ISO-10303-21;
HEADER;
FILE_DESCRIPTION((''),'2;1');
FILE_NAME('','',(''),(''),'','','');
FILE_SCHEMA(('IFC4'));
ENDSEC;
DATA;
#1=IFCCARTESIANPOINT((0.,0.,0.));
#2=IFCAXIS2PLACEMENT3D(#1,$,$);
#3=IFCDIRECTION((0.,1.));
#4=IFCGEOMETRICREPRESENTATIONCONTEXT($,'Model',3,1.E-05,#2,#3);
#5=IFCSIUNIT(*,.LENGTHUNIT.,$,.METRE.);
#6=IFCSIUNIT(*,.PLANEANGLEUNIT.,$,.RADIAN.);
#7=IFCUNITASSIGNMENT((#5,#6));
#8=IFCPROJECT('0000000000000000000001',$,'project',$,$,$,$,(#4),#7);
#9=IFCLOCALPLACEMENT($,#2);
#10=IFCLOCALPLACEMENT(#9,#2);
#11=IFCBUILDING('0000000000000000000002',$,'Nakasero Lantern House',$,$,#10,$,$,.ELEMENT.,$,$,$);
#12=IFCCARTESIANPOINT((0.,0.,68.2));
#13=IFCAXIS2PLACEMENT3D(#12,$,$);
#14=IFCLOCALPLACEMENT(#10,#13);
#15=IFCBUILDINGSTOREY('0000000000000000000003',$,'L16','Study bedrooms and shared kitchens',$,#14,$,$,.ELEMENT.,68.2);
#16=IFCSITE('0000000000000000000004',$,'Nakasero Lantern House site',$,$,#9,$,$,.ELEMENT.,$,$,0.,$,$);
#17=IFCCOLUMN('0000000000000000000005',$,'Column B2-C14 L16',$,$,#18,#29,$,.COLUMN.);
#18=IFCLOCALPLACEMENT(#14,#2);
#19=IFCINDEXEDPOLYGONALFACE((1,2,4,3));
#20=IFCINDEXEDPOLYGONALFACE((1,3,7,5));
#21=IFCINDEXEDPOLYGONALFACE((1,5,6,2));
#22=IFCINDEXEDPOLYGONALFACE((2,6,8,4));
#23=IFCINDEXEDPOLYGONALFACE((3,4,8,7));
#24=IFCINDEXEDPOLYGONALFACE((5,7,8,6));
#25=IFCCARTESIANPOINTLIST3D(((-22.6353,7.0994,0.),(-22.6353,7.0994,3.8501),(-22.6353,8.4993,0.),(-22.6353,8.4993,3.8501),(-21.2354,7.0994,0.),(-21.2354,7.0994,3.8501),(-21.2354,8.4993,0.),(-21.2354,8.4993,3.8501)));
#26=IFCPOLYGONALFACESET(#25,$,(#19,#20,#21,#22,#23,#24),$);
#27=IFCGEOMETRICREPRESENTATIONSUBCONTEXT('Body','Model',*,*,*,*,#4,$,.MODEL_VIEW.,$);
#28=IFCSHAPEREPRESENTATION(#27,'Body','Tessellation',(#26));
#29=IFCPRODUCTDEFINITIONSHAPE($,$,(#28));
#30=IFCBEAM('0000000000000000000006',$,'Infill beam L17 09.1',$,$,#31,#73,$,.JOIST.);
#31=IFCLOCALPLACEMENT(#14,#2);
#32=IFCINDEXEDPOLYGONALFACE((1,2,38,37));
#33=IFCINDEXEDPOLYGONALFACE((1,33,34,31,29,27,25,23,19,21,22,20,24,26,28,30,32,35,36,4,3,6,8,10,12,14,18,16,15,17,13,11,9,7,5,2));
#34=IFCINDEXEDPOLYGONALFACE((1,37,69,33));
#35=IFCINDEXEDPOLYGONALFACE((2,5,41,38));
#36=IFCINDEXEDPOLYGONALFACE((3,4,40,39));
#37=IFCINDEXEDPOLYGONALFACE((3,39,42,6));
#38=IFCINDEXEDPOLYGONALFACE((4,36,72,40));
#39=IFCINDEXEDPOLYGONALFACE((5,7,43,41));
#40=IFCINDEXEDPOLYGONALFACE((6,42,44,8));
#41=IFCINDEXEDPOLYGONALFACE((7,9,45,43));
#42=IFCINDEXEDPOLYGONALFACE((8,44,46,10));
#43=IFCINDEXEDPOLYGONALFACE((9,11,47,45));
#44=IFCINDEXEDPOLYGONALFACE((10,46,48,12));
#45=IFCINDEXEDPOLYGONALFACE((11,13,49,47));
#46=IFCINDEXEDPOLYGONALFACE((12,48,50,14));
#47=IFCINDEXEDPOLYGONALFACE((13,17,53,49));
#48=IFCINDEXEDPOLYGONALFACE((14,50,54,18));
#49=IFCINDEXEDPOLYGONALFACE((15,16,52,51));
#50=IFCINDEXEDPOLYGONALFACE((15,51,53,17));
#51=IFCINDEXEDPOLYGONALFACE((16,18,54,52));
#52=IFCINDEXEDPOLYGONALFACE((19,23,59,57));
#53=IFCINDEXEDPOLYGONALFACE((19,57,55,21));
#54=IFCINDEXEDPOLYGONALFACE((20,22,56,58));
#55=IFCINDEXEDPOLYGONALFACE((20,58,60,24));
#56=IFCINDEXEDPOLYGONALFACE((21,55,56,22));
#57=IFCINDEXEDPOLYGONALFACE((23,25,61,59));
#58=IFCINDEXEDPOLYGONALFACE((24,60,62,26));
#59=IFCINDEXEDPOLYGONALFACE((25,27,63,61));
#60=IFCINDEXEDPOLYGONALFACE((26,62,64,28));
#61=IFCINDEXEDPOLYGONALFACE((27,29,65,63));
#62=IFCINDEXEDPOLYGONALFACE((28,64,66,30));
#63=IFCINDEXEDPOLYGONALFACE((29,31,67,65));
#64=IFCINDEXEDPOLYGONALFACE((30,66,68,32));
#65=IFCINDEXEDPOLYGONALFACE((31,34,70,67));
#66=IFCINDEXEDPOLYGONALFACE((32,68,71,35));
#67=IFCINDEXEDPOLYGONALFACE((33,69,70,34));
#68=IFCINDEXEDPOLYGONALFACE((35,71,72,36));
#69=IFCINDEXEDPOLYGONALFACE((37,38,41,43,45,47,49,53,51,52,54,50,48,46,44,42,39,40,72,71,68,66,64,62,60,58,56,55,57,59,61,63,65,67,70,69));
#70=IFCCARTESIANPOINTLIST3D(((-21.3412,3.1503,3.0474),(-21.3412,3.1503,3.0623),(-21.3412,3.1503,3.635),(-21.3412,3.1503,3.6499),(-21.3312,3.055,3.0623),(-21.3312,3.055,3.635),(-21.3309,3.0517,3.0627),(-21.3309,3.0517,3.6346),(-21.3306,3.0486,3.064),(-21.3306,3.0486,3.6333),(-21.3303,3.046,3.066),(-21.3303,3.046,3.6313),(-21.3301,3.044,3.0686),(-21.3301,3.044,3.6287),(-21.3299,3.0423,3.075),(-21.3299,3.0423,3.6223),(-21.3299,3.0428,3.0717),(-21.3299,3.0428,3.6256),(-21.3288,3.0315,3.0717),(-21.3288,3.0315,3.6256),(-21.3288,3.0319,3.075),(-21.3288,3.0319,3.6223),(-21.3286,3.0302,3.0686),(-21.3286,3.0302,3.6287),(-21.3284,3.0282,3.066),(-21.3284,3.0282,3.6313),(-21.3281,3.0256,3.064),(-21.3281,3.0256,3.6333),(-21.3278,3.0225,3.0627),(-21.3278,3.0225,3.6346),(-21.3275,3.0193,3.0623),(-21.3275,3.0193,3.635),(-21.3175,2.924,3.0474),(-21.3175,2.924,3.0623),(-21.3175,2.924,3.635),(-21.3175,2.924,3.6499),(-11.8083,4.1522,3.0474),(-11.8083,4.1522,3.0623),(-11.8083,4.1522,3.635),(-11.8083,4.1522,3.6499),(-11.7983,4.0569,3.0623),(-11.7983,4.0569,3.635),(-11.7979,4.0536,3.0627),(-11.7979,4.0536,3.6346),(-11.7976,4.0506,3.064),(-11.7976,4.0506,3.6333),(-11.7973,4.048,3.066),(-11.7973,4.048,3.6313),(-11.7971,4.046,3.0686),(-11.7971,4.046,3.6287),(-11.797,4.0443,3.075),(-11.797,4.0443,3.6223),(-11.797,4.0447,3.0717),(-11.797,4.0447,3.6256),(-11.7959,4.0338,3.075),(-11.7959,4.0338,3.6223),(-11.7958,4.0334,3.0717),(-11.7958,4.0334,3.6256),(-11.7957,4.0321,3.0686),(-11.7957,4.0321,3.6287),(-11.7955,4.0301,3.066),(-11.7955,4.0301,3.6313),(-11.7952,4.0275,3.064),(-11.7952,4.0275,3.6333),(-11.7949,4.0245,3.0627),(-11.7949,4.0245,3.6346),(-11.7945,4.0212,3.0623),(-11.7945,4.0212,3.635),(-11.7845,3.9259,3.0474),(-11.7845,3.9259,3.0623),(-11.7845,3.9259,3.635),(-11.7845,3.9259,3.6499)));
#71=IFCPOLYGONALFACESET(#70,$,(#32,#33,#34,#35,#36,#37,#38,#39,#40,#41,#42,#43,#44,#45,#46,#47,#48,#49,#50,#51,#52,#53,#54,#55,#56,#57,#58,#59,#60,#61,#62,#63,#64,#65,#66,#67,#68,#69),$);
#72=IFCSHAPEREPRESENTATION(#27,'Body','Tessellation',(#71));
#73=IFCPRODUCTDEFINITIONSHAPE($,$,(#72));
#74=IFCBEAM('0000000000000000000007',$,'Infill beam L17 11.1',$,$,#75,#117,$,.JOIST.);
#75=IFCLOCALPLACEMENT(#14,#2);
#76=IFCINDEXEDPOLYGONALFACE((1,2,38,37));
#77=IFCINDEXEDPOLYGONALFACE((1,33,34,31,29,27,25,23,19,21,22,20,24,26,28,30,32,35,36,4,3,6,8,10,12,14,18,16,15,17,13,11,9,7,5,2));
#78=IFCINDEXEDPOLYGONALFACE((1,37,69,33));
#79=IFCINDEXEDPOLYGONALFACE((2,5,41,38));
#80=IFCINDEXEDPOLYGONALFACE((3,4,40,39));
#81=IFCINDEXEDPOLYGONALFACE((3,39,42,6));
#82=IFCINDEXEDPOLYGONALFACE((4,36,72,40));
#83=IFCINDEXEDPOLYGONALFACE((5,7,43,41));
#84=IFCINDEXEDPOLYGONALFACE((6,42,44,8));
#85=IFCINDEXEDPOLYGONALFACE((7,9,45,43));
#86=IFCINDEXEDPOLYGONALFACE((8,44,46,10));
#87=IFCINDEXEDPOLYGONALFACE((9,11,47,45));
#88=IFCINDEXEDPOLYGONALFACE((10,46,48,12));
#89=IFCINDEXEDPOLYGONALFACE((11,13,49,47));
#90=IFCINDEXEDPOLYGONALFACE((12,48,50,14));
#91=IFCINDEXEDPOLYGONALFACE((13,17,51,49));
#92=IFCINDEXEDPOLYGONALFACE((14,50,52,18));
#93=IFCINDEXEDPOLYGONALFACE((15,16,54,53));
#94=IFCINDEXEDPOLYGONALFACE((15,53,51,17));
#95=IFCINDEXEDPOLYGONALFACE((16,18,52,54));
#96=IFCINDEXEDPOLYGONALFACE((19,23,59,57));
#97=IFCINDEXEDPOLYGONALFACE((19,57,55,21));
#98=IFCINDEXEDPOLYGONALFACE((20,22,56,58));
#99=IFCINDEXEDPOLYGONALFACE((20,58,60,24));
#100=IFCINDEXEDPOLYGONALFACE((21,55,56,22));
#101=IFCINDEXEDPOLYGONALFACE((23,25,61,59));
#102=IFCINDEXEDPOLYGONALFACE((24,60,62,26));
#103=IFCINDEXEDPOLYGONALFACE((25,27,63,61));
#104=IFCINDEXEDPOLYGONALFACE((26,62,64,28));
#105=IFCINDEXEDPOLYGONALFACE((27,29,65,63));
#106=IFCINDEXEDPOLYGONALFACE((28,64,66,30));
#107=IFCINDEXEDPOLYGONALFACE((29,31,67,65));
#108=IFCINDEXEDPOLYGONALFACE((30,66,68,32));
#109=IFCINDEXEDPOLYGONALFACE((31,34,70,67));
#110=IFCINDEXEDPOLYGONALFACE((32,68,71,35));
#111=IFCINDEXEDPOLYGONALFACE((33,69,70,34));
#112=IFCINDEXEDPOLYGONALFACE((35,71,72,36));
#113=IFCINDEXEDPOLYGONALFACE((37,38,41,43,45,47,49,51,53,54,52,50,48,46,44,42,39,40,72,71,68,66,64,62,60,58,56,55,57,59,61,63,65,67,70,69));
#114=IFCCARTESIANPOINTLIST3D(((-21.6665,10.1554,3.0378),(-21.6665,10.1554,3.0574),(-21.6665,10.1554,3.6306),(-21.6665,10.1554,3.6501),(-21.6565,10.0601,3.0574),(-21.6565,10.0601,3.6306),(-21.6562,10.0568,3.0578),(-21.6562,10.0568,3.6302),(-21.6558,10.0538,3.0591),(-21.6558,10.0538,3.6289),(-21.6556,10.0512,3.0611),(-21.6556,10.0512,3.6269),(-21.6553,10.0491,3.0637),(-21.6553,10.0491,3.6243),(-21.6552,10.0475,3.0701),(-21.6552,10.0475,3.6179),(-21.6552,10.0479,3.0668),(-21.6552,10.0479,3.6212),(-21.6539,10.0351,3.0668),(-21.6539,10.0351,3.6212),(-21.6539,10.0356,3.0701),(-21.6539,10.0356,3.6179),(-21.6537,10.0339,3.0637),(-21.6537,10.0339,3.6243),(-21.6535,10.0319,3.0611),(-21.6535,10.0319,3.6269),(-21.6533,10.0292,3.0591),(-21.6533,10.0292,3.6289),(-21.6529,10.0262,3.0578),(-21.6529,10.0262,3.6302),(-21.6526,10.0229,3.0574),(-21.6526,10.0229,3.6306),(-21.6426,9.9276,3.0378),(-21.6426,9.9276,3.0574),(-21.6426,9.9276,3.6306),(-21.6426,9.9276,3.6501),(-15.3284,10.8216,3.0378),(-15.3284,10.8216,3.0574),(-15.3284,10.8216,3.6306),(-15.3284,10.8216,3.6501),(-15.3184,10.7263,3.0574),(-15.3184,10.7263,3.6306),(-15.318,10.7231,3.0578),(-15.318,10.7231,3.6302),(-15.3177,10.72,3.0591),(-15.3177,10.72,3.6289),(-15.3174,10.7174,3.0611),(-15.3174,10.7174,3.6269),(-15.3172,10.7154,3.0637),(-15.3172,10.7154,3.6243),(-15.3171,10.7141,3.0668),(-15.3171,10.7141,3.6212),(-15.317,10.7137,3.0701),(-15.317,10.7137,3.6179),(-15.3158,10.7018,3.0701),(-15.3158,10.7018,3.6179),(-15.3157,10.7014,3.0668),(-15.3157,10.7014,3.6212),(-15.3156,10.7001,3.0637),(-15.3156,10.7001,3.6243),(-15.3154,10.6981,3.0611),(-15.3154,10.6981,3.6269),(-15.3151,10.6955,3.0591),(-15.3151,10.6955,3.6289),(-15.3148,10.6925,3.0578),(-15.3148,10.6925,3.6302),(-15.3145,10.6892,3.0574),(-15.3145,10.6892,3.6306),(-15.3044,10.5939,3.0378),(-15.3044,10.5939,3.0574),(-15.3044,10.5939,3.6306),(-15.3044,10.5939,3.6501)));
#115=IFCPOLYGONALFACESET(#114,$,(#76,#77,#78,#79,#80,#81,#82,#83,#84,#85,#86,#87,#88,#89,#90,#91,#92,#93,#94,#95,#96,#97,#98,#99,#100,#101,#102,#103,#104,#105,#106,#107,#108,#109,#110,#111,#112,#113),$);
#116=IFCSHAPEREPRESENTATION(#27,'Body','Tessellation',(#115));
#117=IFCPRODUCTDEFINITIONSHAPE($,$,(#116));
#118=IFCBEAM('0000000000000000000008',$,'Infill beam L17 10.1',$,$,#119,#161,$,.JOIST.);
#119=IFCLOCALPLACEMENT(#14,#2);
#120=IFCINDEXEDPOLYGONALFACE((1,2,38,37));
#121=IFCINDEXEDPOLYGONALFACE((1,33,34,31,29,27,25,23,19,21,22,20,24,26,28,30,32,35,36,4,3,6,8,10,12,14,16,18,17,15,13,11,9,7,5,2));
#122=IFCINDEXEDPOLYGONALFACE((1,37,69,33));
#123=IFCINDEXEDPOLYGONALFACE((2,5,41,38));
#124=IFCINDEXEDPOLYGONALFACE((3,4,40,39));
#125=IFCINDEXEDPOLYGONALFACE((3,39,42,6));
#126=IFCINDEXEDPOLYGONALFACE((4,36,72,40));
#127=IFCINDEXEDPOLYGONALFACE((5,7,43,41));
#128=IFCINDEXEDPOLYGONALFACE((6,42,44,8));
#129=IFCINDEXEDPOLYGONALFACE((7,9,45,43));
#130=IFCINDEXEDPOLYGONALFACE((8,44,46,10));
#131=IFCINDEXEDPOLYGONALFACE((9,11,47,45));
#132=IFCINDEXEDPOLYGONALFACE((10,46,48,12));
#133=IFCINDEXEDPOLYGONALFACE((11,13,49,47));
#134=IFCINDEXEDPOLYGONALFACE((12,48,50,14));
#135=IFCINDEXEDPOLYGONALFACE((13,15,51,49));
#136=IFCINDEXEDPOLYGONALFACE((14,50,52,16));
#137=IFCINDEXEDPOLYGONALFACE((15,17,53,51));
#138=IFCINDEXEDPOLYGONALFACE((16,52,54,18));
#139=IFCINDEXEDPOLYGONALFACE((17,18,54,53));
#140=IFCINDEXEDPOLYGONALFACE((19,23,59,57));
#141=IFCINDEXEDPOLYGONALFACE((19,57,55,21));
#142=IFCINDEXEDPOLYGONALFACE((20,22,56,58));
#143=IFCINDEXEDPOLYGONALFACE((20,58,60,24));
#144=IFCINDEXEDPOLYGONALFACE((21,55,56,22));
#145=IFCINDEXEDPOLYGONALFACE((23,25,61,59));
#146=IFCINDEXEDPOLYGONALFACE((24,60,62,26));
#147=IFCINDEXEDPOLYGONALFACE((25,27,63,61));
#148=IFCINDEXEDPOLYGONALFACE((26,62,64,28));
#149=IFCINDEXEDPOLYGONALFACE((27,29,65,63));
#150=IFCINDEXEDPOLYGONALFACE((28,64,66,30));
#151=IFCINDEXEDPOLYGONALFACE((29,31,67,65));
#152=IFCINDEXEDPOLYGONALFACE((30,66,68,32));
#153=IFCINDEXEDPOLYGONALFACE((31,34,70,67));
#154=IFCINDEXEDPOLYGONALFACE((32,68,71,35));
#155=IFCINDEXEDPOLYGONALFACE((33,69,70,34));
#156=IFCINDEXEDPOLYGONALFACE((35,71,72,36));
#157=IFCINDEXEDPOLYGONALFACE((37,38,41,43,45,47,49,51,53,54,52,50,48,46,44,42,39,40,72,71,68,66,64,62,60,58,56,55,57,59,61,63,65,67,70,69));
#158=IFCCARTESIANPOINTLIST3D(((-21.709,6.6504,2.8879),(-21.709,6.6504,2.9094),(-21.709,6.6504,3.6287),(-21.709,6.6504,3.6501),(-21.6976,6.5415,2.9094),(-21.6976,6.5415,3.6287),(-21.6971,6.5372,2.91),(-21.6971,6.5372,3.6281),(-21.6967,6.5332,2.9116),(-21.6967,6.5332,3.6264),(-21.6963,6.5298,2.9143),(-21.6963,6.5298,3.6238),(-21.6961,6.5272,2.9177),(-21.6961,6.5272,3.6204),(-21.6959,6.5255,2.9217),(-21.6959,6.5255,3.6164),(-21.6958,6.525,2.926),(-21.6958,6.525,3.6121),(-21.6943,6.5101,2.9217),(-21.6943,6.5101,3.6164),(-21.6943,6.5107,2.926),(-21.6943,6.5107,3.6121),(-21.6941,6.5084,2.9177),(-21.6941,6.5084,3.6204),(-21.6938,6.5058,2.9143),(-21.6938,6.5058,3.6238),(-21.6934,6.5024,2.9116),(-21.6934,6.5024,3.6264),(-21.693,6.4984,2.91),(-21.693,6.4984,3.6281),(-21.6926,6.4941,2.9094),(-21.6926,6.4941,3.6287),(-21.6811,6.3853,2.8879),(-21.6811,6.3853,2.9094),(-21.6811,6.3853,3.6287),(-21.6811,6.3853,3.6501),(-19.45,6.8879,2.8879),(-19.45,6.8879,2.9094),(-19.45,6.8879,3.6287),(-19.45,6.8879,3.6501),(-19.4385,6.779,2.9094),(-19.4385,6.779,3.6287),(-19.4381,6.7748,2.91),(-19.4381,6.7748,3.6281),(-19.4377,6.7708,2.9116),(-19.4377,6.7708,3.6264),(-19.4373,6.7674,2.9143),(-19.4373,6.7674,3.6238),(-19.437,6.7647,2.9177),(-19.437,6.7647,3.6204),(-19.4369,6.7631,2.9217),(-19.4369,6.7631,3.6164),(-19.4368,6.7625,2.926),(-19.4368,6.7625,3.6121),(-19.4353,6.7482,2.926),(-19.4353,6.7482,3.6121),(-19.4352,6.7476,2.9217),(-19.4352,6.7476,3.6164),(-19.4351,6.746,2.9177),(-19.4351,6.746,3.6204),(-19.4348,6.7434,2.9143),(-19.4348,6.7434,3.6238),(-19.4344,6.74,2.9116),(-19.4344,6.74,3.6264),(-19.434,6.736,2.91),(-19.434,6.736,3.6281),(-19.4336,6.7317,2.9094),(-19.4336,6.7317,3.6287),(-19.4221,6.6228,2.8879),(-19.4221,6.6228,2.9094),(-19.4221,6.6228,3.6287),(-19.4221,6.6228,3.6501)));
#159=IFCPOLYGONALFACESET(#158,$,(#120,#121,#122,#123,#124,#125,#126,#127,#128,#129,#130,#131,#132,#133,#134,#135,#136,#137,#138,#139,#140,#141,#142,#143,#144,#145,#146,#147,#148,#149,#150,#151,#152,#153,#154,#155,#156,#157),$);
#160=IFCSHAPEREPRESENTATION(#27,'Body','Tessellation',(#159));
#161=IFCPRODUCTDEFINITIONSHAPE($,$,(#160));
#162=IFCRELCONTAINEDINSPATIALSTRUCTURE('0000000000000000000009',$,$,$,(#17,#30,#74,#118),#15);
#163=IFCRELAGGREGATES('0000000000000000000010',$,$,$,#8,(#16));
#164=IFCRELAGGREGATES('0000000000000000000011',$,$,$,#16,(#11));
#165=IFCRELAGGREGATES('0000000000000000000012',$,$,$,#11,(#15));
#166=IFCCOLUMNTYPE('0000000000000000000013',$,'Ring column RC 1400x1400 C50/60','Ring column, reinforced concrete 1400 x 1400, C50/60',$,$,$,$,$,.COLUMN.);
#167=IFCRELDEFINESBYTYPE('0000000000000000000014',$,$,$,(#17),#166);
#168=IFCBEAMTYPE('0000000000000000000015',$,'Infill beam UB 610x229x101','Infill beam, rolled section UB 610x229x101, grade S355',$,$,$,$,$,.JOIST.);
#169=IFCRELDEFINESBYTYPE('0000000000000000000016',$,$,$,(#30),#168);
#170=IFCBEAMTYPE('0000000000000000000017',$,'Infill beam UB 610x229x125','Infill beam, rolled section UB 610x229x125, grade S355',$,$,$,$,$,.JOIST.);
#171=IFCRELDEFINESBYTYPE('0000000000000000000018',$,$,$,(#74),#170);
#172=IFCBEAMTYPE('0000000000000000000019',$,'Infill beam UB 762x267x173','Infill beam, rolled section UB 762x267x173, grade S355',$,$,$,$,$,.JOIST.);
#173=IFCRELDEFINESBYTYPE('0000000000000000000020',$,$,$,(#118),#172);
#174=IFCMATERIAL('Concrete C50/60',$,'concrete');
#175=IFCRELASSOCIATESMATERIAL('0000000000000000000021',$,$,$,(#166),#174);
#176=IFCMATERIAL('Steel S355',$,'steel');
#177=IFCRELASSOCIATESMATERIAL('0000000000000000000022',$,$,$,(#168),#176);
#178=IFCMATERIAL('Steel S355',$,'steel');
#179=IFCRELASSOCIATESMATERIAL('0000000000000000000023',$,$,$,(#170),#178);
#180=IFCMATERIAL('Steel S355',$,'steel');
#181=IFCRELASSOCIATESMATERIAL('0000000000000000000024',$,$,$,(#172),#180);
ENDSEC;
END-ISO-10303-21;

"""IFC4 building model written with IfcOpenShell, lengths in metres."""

from ifc_helpers import new_model, si_unit, direction, frame, origin, origin_2d, place, context, subcontext, project, spatial, rectangle, i_section, extrude, material, material_profile, profile_set, type_object, element, save


model = new_model("IFC4")

# Units and contexts
model_context = context("Model", 3, precision=1e-05, world=origin(), true_north=direction((0.0, 1.0)))
body_context = subcontext(model_context, "Body", "Model", "MODEL_VIEW")
ifc_project = project(units=[si_unit("LENGTHUNIT", "METRE"), si_unit("PLANEANGLEUNIT", "RADIAN")], contexts=[model_context])

# Site, building, storey
site_placement = place(None, origin())
site = spatial("IfcSite", under=ifc_project, at=site_placement, Name="Nakasero Lantern House site", CompositionType="ELEMENT", RefElevation=0.0)
building_placement = place(site_placement, origin())
building = spatial("IfcBuilding", under=site, at=building_placement, Name="Nakasero Lantern House", CompositionType="ELEMENT")
storey_placement = place(building_placement, frame((0.0, 0.0, 68.2)))
storey = spatial("IfcBuildingStorey", under=building, at=storey_placement, Name="L16", Description="Study bedrooms and shared kitchens", CompositionType="ELEMENT", Elevation=68.2)

# Column
ifc_material_1 = material(Name="Concrete C50/60", Category="concrete")
ifc_material_profile_1 = material_profile(ifc_material_1, rectangle(XDim=1.3999, YDim=1.3999, at=origin_2d()), Name="RC 1400x1400")
ifc_profile_set_1 = profile_set([ifc_material_profile_1], Name="Concrete C50/60")
column_type = type_object("IfcColumnType", Name="Ring column RC 1400x1400 C50/60", Description="Ring column, reinforced concrete 1400 x 1400, C50/60", PredefinedType="COLUMN", material=ifc_profile_set_1)
column_placement = place(storey_placement, frame((-21.9353, 7.7993, 0.0), z_axis=(0.0, 0.0, 1.0), x_axis=(1.0, 0.0, 0.0)))
element("IfcColumn", 1, at=column_placement, inside=storey, type_object=column_type, Name="Column B2-C14 L16", PredefinedType="COLUMN", context=body_context, shape_type="SweptSolid", body=[
    extrude(rectangle(XDim=1.3999, YDim=1.3999, at=origin_2d()), origin(), (0.0, 0.0, 1.0), 3.8501),
])

# Beams
ifc_material_2 = material(Name="Steel S355", Category="steel")
ifc_material_profile_2 = material_profile(ifc_material_2, i_section(OverallWidth=0.2275, OverallDepth=0.6025, WebThickness=0.0105, FlangeThickness=0.0149, FilletRadius=0.0127, at=origin_2d()), Name="UB 610x229x101")
ifc_profile_set_2 = profile_set([ifc_material_profile_2], Name="Steel S355")
beam_type_1 = type_object("IfcBeamType", Name="Infill beam UB 610x229x101", Description="Infill beam, rolled section UB 610x229x101, grade S355", PredefinedType="JOIST", material=ifc_profile_set_2)
beam_1_placement = place(storey_placement, frame((-21.3293, 3.0371, 3.3486), z_axis=(0.994522, 0.104528, 0.0), x_axis=(-0.104528, 0.994522, 0.0)))
element("IfcBeam", 2, at=beam_1_placement, inside=storey, type_object=beam_type_1, Name="Infill beam L17 09.1", PredefinedType="JOIST", context=body_context, shape_type="SweptSolid", body=[
    extrude(i_section(OverallWidth=0.2275, OverallDepth=0.6025, WebThickness=0.0105, FlangeThickness=0.0149, FilletRadius=0.0127, at=origin_2d()), origin(), (0.0, 0.0, 1.0), 9.5854),
])
ifc_material_3 = material(Name="Steel S355", Category="steel")
ifc_material_profile_3 = material_profile(ifc_material_3, i_section(OverallWidth=0.229, OverallDepth=0.6123, WebThickness=0.012, FlangeThickness=0.0195, FilletRadius=0.0127, at=origin_2d()), Name="UB 610x229x125")
ifc_profile_set_3 = profile_set([ifc_material_profile_3], Name="Steel S355")
beam_type_2 = type_object("IfcBeamType", Name="Infill beam UB 610x229x125", Description="Infill beam, rolled section UB 610x229x125, grade S355", PredefinedType="JOIST", material=ifc_profile_set_3)
beam_2_placement = place(storey_placement, frame((-21.6545, 10.0415, 3.344), z_axis=(0.99452, 0.104543, 0.0), x_axis=(-0.104543, 0.99452, 0.0)))
element("IfcBeam", 3, at=beam_2_placement, inside=storey, type_object=beam_type_2, Name="Infill beam L17 11.1", PredefinedType="JOIST", context=body_context, shape_type="SweptSolid", body=[
    extrude(i_section(OverallWidth=0.229, OverallDepth=0.6123, WebThickness=0.012, FlangeThickness=0.0195, FilletRadius=0.0127, at=origin_2d()), origin(), (0.0, 0.0, 1.0), 6.373),
])
ifc_material_4 = material(Name="Steel S355", Category="steel")
ifc_material_profile_4 = material_profile(ifc_material_4, i_section(OverallWidth=0.2666, OverallDepth=0.7622, WebThickness=0.0144, FlangeThickness=0.0215, FilletRadius=0.0166, at=origin_2d()), Name="UB 762x267x173")
ifc_profile_set_4 = profile_set([ifc_material_profile_4], Name="Steel S355")
beam_type_3 = type_object("IfcBeamType", Name="Infill beam UB 762x267x173", Description="Infill beam, rolled section UB 762x267x173, grade S355", PredefinedType="JOIST", material=ifc_profile_set_4)
beam_3_placement = place(storey_placement, frame((-21.6951, 6.5178, 3.269), z_axis=(0.994517, 0.104578, 0.0), x_axis=(-0.104578, 0.994517, 0.0)))
element("IfcBeam", 4, at=beam_3_placement, inside=storey, type_object=beam_type_3, Name="Infill beam L17 10.1", PredefinedType="JOIST", context=body_context, shape_type="SweptSolid", body=[
    extrude(i_section(OverallWidth=0.2666, OverallDepth=0.7622, WebThickness=0.0144, FlangeThickness=0.0215, FilletRadius=0.0166, at=origin_2d()), origin(), (0.0, 0.0, 1.0), 2.2715),
])

save(model, "model.ifc")
